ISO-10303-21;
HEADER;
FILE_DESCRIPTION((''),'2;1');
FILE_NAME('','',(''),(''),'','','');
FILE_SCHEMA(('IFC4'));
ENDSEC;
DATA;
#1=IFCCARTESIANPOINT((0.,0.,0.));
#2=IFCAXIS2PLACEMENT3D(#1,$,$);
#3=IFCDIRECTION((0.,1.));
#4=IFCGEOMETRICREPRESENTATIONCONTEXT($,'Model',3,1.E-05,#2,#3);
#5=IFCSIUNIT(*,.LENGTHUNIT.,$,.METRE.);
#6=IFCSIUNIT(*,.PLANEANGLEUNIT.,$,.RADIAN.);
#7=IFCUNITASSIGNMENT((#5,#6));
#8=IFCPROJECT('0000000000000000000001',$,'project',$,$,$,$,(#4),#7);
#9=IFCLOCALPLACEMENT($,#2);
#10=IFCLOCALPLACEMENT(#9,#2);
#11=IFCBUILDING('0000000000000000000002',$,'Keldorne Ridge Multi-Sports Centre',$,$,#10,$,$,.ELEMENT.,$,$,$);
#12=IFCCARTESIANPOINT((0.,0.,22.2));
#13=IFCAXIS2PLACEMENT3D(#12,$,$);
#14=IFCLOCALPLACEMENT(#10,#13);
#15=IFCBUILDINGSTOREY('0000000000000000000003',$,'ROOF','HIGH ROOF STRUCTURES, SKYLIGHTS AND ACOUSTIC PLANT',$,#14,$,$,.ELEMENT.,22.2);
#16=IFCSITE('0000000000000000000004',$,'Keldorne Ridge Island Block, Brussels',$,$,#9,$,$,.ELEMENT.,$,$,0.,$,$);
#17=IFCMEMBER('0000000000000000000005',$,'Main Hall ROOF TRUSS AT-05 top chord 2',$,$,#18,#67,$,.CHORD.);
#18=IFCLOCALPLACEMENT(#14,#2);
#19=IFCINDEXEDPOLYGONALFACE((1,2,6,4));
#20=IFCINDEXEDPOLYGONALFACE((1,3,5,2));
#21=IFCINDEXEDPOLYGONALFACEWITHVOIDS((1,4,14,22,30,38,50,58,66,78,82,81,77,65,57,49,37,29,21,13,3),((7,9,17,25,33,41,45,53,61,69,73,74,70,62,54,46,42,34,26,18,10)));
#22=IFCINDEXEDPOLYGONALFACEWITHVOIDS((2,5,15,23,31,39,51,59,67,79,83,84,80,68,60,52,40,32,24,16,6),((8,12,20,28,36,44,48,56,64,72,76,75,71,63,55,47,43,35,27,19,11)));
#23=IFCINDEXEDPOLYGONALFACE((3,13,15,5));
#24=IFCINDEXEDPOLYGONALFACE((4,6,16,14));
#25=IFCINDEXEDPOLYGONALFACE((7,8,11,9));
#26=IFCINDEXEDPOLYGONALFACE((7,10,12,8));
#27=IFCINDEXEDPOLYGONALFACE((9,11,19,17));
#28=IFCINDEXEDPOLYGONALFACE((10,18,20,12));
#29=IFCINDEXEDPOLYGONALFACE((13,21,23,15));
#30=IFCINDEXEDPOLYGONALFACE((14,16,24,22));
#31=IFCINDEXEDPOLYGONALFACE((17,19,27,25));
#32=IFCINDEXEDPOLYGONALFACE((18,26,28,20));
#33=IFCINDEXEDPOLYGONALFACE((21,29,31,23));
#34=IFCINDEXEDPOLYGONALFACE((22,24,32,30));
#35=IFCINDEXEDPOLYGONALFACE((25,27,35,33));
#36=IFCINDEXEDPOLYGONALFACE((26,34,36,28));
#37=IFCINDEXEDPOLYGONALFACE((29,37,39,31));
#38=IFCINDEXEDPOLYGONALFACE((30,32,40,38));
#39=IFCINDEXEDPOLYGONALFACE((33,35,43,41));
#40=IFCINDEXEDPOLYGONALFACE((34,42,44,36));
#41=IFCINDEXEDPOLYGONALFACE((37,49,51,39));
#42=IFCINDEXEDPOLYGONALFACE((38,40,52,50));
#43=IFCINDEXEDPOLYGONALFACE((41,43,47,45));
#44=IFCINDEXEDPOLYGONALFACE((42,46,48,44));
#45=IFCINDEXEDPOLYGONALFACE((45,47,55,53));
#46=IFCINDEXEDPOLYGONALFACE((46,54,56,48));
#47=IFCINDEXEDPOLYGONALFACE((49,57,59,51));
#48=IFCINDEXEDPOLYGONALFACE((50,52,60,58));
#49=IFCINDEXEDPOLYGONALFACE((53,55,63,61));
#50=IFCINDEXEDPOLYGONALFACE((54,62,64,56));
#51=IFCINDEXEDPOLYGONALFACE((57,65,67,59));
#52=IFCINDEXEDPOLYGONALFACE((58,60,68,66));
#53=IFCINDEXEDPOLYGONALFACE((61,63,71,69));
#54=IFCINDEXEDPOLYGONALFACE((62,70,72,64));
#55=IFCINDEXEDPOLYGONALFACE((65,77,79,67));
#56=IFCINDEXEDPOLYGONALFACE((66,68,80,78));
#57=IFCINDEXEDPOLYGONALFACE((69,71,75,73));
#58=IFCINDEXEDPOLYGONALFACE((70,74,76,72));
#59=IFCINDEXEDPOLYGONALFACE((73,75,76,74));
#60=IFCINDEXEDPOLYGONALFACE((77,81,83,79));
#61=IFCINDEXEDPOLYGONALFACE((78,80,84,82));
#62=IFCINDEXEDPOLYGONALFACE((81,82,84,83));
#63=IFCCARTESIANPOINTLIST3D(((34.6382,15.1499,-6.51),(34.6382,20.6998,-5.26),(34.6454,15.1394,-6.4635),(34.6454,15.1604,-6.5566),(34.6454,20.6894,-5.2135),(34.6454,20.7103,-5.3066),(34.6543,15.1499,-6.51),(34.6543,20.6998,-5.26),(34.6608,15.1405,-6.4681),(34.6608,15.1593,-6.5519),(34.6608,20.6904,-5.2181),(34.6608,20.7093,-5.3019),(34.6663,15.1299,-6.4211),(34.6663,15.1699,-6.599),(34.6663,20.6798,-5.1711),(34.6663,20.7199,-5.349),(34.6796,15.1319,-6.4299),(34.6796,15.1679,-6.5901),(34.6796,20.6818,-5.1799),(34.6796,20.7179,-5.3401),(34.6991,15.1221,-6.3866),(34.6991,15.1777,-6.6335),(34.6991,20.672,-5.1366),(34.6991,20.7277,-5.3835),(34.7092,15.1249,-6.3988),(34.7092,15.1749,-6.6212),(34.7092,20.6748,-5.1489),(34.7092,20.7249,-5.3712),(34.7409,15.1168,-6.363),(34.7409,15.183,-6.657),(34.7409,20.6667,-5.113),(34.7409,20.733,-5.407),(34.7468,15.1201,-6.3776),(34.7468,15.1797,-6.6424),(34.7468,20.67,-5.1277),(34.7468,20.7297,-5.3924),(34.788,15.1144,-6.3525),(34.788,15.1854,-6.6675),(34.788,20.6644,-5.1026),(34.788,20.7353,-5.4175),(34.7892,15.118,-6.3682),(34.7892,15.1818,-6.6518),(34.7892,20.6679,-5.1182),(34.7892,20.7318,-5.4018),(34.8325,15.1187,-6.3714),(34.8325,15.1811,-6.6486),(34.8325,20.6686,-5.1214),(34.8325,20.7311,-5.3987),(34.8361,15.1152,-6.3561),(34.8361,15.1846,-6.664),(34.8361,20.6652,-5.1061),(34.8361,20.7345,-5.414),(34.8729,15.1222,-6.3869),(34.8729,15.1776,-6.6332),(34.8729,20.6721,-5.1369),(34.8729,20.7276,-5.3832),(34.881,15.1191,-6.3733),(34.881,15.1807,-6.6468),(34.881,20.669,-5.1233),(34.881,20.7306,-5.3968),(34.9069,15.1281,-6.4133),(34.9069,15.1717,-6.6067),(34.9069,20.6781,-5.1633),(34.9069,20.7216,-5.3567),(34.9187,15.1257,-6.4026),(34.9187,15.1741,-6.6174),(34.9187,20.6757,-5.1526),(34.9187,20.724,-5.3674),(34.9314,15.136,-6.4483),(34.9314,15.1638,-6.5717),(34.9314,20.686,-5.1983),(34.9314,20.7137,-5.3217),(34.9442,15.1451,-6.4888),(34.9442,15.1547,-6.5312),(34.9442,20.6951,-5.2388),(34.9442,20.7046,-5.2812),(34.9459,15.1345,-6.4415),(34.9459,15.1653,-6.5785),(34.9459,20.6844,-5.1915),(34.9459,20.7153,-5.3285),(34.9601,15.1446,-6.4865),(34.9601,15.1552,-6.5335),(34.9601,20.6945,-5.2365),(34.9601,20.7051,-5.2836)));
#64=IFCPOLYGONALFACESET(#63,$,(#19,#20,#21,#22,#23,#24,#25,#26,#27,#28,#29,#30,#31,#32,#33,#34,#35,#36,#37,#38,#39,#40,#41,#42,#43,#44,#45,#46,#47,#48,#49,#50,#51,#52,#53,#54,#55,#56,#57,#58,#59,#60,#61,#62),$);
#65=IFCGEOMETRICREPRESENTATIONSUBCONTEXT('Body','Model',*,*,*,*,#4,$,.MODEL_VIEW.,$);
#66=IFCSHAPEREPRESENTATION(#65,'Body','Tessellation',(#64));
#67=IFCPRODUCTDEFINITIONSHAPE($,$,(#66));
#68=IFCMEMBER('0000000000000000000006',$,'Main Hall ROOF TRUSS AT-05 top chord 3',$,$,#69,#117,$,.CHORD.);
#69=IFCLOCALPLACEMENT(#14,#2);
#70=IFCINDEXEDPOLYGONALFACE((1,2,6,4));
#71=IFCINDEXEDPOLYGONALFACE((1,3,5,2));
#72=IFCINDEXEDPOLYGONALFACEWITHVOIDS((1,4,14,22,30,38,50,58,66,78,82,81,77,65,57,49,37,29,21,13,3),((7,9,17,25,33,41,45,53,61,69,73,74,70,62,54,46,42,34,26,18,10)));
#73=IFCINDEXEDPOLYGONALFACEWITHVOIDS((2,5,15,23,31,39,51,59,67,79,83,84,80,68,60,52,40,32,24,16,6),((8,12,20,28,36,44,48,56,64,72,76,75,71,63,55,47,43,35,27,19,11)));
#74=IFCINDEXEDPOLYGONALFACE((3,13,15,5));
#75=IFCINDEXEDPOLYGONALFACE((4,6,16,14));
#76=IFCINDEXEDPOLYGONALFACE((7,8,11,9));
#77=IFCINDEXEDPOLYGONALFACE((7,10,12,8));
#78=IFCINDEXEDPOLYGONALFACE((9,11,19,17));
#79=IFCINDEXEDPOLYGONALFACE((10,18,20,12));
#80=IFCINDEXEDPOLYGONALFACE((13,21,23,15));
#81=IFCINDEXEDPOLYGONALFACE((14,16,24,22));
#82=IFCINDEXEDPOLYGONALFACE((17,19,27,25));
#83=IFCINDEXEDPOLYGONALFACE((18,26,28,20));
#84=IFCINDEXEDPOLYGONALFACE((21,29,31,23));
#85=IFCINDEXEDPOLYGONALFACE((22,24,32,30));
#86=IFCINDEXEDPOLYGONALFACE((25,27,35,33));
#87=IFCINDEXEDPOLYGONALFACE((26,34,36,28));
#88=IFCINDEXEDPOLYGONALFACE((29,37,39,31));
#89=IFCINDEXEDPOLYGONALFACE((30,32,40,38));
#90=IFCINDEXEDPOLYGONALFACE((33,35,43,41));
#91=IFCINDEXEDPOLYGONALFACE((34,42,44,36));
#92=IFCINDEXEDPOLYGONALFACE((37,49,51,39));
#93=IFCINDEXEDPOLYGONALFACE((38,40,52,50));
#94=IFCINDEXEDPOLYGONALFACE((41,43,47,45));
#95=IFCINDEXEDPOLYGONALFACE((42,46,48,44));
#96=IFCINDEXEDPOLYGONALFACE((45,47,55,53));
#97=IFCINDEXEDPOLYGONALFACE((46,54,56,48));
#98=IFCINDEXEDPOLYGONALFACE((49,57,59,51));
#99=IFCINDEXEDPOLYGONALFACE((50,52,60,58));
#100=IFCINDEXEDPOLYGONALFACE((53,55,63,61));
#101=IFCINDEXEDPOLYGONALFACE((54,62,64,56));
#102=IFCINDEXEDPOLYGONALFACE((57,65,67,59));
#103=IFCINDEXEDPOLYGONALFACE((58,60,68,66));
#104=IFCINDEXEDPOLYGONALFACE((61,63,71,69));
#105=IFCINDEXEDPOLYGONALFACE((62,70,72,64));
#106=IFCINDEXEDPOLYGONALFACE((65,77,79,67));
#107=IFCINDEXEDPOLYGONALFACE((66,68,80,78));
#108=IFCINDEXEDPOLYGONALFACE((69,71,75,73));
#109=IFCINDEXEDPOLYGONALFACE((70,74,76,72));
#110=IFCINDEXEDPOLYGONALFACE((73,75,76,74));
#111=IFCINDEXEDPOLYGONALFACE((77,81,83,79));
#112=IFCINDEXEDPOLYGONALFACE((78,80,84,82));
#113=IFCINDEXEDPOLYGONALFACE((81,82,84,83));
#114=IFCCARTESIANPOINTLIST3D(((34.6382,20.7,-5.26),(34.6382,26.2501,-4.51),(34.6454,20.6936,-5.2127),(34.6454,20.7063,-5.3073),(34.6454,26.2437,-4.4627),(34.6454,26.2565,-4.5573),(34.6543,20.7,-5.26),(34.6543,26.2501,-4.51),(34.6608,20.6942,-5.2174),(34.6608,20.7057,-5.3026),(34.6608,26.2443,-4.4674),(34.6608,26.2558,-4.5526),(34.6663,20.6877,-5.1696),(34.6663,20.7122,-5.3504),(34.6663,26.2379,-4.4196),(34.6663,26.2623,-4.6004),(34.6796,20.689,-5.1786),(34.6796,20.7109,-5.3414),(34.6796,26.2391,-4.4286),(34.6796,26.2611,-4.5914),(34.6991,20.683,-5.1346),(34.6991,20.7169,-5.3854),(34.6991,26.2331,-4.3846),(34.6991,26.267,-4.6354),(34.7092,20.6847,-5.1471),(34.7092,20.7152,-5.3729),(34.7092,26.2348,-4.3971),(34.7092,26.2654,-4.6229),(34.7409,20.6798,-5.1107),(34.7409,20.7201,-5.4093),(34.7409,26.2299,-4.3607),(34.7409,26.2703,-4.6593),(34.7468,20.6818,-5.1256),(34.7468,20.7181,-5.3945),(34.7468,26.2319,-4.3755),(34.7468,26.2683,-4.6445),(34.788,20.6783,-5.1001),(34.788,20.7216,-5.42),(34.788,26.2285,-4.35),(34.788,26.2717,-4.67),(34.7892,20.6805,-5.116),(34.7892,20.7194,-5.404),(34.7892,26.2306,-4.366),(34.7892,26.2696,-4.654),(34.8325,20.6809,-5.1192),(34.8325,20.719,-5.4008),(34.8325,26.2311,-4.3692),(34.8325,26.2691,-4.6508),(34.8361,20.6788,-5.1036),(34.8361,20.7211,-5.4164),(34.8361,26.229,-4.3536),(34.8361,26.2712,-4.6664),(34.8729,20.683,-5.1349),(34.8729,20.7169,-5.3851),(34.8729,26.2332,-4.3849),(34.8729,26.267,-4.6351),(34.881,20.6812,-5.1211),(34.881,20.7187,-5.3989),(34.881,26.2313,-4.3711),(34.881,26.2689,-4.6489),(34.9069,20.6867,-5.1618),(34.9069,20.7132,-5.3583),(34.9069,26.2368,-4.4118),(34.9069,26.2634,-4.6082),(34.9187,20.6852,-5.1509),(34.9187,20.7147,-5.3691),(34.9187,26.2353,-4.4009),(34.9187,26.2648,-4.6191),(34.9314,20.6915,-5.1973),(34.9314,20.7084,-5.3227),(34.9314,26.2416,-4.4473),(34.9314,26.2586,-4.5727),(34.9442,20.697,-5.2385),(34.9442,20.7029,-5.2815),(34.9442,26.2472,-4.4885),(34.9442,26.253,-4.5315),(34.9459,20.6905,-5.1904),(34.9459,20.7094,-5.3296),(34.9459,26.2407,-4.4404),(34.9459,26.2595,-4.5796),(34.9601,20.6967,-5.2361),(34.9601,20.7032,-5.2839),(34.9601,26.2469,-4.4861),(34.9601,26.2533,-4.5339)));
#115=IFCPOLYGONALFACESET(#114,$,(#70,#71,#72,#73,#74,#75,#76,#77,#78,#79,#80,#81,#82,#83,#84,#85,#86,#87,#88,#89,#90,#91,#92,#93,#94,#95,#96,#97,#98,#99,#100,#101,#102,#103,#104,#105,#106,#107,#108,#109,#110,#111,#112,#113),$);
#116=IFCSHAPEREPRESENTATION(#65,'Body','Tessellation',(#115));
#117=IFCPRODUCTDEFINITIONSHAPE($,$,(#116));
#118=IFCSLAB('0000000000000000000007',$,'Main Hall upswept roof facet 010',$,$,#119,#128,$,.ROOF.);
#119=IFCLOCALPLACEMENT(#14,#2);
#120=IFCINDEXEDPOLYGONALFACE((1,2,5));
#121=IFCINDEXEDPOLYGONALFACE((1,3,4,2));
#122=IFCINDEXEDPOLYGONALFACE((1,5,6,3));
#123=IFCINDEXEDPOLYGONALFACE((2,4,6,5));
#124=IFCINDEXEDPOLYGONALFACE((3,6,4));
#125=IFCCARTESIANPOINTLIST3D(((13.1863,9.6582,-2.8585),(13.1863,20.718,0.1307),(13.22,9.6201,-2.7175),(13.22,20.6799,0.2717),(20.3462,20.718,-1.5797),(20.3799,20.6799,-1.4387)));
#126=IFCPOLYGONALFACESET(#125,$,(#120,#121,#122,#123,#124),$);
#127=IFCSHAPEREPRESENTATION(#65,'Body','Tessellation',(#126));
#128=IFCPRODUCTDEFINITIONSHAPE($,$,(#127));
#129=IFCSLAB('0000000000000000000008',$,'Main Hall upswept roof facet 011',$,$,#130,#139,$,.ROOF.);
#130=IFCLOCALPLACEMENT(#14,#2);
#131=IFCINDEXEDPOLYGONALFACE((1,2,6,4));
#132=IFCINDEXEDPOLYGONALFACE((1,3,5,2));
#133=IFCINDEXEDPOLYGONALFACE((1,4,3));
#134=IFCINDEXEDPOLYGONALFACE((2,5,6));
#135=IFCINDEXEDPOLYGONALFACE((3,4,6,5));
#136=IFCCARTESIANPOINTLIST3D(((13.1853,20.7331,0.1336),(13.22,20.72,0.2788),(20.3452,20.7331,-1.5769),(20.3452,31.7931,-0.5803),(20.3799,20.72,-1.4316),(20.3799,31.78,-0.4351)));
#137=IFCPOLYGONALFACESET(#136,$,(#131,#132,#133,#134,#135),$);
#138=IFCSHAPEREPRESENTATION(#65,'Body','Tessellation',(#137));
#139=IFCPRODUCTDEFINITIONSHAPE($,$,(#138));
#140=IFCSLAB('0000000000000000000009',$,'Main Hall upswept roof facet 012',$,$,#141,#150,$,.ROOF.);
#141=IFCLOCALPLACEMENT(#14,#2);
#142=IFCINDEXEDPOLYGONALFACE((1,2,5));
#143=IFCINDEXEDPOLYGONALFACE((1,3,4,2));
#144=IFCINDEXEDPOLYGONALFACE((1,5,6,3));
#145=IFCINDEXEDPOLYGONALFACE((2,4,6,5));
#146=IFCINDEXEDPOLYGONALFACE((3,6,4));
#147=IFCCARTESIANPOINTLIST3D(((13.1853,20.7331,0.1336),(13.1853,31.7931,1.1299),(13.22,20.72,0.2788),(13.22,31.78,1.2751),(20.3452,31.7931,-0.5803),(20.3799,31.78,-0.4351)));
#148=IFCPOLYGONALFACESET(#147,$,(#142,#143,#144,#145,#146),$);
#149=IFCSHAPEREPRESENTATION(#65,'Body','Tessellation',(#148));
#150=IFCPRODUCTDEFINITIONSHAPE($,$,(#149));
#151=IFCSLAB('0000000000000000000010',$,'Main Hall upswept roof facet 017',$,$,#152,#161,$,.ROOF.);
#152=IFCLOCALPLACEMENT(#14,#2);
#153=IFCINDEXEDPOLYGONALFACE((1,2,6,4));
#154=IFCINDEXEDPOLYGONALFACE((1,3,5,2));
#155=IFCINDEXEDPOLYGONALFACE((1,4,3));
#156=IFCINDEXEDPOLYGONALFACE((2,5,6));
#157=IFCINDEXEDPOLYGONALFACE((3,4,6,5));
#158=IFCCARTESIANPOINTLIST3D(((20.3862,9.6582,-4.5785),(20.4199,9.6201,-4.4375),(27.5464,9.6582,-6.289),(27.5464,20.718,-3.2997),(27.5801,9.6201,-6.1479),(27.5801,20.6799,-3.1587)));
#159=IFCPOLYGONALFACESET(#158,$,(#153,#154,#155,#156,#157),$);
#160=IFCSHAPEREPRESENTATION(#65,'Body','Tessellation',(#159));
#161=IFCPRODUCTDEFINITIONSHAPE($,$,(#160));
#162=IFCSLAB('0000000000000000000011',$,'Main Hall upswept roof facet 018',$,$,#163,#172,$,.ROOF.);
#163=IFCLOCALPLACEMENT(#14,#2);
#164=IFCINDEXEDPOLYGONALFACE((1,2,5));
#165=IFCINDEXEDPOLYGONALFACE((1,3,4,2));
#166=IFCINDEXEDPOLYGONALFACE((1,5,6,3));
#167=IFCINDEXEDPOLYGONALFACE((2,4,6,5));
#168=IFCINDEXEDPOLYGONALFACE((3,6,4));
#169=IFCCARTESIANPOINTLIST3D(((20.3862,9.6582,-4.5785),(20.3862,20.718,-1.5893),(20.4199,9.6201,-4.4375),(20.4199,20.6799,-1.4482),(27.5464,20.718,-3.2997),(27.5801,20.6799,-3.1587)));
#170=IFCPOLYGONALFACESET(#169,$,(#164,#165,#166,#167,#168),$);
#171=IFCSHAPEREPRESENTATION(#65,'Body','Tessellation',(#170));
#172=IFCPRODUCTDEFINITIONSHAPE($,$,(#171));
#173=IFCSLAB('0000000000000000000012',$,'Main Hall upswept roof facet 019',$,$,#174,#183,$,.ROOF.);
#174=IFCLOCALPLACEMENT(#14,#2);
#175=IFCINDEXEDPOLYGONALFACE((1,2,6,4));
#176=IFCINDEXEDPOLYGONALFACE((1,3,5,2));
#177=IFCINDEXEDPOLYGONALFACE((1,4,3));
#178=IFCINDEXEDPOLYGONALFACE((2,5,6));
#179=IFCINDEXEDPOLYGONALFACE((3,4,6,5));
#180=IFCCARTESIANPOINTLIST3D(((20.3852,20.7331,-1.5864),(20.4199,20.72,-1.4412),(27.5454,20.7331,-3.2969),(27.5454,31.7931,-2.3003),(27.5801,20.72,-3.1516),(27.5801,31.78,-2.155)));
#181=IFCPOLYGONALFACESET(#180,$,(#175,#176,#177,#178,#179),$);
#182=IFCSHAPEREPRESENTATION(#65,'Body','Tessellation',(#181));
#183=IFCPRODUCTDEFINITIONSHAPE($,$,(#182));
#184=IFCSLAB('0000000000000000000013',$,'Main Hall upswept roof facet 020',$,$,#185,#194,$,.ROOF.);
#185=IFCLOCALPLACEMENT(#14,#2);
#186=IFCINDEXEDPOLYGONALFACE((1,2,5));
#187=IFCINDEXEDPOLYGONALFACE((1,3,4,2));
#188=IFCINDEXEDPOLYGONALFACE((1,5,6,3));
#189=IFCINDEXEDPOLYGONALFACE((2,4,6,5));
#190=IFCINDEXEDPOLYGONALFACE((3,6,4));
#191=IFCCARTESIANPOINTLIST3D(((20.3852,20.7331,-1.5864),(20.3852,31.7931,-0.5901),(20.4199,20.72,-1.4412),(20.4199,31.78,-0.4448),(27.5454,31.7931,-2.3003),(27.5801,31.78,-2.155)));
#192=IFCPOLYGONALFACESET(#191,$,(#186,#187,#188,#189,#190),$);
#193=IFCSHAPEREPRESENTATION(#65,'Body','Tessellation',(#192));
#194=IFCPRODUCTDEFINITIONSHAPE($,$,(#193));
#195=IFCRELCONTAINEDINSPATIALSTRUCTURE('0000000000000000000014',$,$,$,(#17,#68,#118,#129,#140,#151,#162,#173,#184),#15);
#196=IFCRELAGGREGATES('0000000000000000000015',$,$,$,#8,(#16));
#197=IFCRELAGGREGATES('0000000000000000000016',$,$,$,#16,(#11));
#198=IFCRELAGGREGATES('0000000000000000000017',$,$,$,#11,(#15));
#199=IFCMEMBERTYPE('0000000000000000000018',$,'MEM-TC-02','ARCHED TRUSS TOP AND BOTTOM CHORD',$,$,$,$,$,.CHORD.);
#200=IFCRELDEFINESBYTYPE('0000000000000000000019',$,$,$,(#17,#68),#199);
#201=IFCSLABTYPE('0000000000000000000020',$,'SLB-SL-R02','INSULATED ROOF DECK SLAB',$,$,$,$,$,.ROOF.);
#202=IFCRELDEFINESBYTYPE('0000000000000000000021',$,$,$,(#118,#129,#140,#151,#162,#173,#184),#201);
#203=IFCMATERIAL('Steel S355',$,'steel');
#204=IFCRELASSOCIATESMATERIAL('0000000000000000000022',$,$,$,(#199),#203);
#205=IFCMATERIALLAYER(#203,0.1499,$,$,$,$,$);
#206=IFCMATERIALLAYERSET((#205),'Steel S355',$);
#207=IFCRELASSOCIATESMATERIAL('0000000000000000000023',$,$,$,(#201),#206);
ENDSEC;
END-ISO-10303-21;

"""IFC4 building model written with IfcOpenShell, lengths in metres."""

from ifc_helpers import new_model, si_unit, direction, frame, origin, origin_2d, place, context, subcontext, project, spatial, polyline, hollow_circle, outline, extrude, material, layer, layer_set, material_profile, profile_set, type_object, element, save


model = new_model("IFC4")

# Units and contexts
model_context = context("Model", 3, precision=1e-05, world=origin(), true_north=direction((0.0, 1.0)))
body_context = subcontext(model_context, "Body", "Model", "MODEL_VIEW")
ifc_project = project(units=[si_unit("LENGTHUNIT", "METRE"), si_unit("PLANEANGLEUNIT", "RADIAN")], contexts=[model_context])

# Site, building, storey
site_placement = place(None, origin())
site = spatial("IfcSite", under=ifc_project, at=site_placement, Name="Keldorne Ridge Island Block, Brussels", CompositionType="ELEMENT", RefElevation=0.0)
building_placement = place(site_placement, origin())
building = spatial("IfcBuilding", under=site, at=building_placement, Name="Keldorne Ridge Multi-Sports Centre", CompositionType="ELEMENT")
storey_placement = place(building_placement, frame((0.0, 0.0, 22.2)))
storey = spatial("IfcBuildingStorey", under=building, at=storey_placement, Name="ROOF", Description="HIGH ROOF STRUCTURES, SKYLIGHTS AND ACOUSTIC PLANT", CompositionType="ELEMENT", Elevation=22.2)

# Members
ifc_material = material(Name="Steel S355", Category="steel")
ifc_material_profile_1 = material_profile(ifc_material, hollow_circle(Radius=0.1619, WallThickness=0.0161, at=origin_2d()), Name="CHS 323.9x16")
ifc_profile_set_1 = profile_set([ifc_material_profile_1], Name="Steel S355")
member_type_1 = type_object("IfcMemberType", Name="MEM-TC-02", Description="ARCHED TRUSS TOP AND BOTTOM CHORD", PredefinedType="CHORD", material=ifc_profile_set_1)
member_1_placement = place(storey_placement, frame((34.8, 15.1499, -6.51), z_axis=(0.0, 0.975563, 0.219719), x_axis=(-1.0, 0.0, 0.0)))
element("IfcMember", 1, at=member_1_placement, inside=storey, type_object=member_type_1, Name="Main Hall ROOF TRUSS AT-05 top chord 2", PredefinedType="CHORD", context=body_context, shape_type="SweptSolid", body=[
    extrude(hollow_circle(Radius=0.1619, WallThickness=0.0161, at=origin_2d()), origin(), (0.0, 0.0, 1.0), 5.689),
])
member_2_placement = place(storey_placement, frame((34.8, 20.7, -5.26), z_axis=(0.0, 0.990993, 0.133917), x_axis=(-1.0, 0.0, 0.0)))
element("IfcMember", 2, at=member_2_placement, inside=storey, type_object=member_type_1, Name="Main Hall ROOF TRUSS AT-05 top chord 3", PredefinedType="CHORD", context=body_context, shape_type="SweptSolid", body=[
    extrude(hollow_circle(Radius=0.1619, WallThickness=0.0161, at=origin_2d()), origin(), (0.0, 0.0, 1.0), 5.6006),
])

# Slabs
ifc_layer_1 = layer(ifc_material, 0.1499)
ifc_layer_set_1 = layer_set([ifc_layer_1], Name="Steel S355")
slab_type_1 = type_object("IfcSlabType", Name="SLB-SL-R02", Description="INSULATED ROOF DECK SLAB", PredefinedType="ROOF", material=ifc_layer_set_1)
slab_1_placement = place(storey_placement, frame((13.22, 9.6201, -2.7175), z_axis=(0.224719, -0.254245, 0.94067), x_axis=(0.5409, 0.83552, 0.096608)))
element("IfcSlab", 3, at=slab_1_placement, inside=storey, type_object=slab_type_1, Name="Main Hall upswept roof facet 010", PredefinedType="ROOF", context=body_context, shape_type="SweptSolid", body=[
    extrude(outline(polyline([(0.0, 0.0), (13.237, 0.0), (9.5295, 6.3596), (0.0, 0.0)])), origin(), (0.0, 0.0, -1.0), 0.1499),
])
slab_2_placement = place(storey_placement, frame((13.22, 20.72, 0.2788), z_axis=(0.231467, -0.087306, 0.968917), x_axis=(0.972631, 0.0, -0.232354)))
element("IfcSlab", 4, at=slab_2_placement, inside=storey, type_object=slab_type_1, Name="Main Hall upswept roof facet 011", PredefinedType="ROOF", context=body_context, shape_type="SweptSolid", body=[
    extrude(outline(polyline([(0.0, 0.0), (7.3614, 0.0), (7.1298, 11.1025), (0.0, 0.0)])), origin(), (0.0, 0.0, -1.0), 0.1499),
])
slab_3_placement = place(storey_placement, frame((13.22, 20.72, 0.2788), z_axis=(0.231436, -0.087285, 0.968927), x_axis=(0.542637, 0.838223, -0.054103)))
element("IfcSlab", 5, at=slab_3_placement, inside=storey, type_object=slab_type_1, Name="Main Hall upswept roof facet 012", PredefinedType="ROOF", context=body_context, shape_type="SweptSolid", body=[
    extrude(outline(polyline([(0.0, 0.0), (13.1947, 0.0), (9.2169, 6.1941), (0.0, 0.0)])), origin(), (0.0, 0.0, -1.0), 0.1499),
])
slab_4_placement = place(storey_placement, frame((20.4199, 9.6201, -4.4375), z_axis=(0.224712, -0.254246, 0.940672), x_axis=(0.972633, 0.0, -0.232347)))
element("IfcSlab", 6, at=slab_4_placement, inside=storey, type_object=slab_type_1, Name="Main Hall upswept roof facet 017", PredefinedType="ROOF", context=body_context, shape_type="SweptSolid", body=[
    extrude(outline(polyline([(0.0, 0.0), (7.3616, 0.0), (6.6671, 11.4356), (0.0, 0.0)])), origin(), (0.0, 0.0, -1.0), 0.1499),
])
slab_5_placement = place(storey_placement, frame((20.4199, 9.6201, -4.4375), z_axis=(0.224712, -0.254246, 0.940672), x_axis=(0.540913, 0.835512, 0.096607)))
element("IfcSlab", 7, at=slab_5_placement, inside=storey, type_object=slab_type_1, Name="Main Hall upswept roof facet 018", PredefinedType="ROOF", context=body_context, shape_type="SweptSolid", body=[
    extrude(outline(polyline([(0.0, 0.0), (13.2372, 0.0), (9.5294, 6.3597), (0.0, 0.0)])), origin(), (0.0, 0.0, -1.0), 0.1499),
])
slab_6_placement = place(storey_placement, frame((20.4199, 20.72, -1.4412), z_axis=(0.23146, -0.087306, 0.968919), x_axis=(0.972633, 0.0, -0.232347)))
element("IfcSlab", 8, at=slab_6_placement, inside=storey, type_object=slab_type_1, Name="Main Hall upswept roof facet 019", PredefinedType="ROOF", context=body_context, shape_type="SweptSolid", body=[
    extrude(outline(polyline([(0.0, 0.0), (7.3616, 0.0), (7.1301, 11.1025), (0.0, 0.0)])), origin(), (0.0, 0.0, -1.0), 0.1499),
])
slab_7_placement = place(storey_placement, frame((20.4199, 20.72, -1.4412), z_axis=(0.231429, -0.087285, 0.968928), x_axis=(0.54265, 0.838214, -0.054102)))
element("IfcSlab", 9, at=slab_7_placement, inside=storey, type_object=slab_type_1, Name="Main Hall upswept roof facet 020", PredefinedType="ROOF", context=body_context, shape_type="SweptSolid", body=[
    extrude(outline(polyline([(0.0, 0.0), (13.1948, 0.0), (9.2168, 6.1942), (0.0, 0.0)])), origin(), (0.0, 0.0, -1.0), 0.1499),
])

save(model, "model.ifc")
